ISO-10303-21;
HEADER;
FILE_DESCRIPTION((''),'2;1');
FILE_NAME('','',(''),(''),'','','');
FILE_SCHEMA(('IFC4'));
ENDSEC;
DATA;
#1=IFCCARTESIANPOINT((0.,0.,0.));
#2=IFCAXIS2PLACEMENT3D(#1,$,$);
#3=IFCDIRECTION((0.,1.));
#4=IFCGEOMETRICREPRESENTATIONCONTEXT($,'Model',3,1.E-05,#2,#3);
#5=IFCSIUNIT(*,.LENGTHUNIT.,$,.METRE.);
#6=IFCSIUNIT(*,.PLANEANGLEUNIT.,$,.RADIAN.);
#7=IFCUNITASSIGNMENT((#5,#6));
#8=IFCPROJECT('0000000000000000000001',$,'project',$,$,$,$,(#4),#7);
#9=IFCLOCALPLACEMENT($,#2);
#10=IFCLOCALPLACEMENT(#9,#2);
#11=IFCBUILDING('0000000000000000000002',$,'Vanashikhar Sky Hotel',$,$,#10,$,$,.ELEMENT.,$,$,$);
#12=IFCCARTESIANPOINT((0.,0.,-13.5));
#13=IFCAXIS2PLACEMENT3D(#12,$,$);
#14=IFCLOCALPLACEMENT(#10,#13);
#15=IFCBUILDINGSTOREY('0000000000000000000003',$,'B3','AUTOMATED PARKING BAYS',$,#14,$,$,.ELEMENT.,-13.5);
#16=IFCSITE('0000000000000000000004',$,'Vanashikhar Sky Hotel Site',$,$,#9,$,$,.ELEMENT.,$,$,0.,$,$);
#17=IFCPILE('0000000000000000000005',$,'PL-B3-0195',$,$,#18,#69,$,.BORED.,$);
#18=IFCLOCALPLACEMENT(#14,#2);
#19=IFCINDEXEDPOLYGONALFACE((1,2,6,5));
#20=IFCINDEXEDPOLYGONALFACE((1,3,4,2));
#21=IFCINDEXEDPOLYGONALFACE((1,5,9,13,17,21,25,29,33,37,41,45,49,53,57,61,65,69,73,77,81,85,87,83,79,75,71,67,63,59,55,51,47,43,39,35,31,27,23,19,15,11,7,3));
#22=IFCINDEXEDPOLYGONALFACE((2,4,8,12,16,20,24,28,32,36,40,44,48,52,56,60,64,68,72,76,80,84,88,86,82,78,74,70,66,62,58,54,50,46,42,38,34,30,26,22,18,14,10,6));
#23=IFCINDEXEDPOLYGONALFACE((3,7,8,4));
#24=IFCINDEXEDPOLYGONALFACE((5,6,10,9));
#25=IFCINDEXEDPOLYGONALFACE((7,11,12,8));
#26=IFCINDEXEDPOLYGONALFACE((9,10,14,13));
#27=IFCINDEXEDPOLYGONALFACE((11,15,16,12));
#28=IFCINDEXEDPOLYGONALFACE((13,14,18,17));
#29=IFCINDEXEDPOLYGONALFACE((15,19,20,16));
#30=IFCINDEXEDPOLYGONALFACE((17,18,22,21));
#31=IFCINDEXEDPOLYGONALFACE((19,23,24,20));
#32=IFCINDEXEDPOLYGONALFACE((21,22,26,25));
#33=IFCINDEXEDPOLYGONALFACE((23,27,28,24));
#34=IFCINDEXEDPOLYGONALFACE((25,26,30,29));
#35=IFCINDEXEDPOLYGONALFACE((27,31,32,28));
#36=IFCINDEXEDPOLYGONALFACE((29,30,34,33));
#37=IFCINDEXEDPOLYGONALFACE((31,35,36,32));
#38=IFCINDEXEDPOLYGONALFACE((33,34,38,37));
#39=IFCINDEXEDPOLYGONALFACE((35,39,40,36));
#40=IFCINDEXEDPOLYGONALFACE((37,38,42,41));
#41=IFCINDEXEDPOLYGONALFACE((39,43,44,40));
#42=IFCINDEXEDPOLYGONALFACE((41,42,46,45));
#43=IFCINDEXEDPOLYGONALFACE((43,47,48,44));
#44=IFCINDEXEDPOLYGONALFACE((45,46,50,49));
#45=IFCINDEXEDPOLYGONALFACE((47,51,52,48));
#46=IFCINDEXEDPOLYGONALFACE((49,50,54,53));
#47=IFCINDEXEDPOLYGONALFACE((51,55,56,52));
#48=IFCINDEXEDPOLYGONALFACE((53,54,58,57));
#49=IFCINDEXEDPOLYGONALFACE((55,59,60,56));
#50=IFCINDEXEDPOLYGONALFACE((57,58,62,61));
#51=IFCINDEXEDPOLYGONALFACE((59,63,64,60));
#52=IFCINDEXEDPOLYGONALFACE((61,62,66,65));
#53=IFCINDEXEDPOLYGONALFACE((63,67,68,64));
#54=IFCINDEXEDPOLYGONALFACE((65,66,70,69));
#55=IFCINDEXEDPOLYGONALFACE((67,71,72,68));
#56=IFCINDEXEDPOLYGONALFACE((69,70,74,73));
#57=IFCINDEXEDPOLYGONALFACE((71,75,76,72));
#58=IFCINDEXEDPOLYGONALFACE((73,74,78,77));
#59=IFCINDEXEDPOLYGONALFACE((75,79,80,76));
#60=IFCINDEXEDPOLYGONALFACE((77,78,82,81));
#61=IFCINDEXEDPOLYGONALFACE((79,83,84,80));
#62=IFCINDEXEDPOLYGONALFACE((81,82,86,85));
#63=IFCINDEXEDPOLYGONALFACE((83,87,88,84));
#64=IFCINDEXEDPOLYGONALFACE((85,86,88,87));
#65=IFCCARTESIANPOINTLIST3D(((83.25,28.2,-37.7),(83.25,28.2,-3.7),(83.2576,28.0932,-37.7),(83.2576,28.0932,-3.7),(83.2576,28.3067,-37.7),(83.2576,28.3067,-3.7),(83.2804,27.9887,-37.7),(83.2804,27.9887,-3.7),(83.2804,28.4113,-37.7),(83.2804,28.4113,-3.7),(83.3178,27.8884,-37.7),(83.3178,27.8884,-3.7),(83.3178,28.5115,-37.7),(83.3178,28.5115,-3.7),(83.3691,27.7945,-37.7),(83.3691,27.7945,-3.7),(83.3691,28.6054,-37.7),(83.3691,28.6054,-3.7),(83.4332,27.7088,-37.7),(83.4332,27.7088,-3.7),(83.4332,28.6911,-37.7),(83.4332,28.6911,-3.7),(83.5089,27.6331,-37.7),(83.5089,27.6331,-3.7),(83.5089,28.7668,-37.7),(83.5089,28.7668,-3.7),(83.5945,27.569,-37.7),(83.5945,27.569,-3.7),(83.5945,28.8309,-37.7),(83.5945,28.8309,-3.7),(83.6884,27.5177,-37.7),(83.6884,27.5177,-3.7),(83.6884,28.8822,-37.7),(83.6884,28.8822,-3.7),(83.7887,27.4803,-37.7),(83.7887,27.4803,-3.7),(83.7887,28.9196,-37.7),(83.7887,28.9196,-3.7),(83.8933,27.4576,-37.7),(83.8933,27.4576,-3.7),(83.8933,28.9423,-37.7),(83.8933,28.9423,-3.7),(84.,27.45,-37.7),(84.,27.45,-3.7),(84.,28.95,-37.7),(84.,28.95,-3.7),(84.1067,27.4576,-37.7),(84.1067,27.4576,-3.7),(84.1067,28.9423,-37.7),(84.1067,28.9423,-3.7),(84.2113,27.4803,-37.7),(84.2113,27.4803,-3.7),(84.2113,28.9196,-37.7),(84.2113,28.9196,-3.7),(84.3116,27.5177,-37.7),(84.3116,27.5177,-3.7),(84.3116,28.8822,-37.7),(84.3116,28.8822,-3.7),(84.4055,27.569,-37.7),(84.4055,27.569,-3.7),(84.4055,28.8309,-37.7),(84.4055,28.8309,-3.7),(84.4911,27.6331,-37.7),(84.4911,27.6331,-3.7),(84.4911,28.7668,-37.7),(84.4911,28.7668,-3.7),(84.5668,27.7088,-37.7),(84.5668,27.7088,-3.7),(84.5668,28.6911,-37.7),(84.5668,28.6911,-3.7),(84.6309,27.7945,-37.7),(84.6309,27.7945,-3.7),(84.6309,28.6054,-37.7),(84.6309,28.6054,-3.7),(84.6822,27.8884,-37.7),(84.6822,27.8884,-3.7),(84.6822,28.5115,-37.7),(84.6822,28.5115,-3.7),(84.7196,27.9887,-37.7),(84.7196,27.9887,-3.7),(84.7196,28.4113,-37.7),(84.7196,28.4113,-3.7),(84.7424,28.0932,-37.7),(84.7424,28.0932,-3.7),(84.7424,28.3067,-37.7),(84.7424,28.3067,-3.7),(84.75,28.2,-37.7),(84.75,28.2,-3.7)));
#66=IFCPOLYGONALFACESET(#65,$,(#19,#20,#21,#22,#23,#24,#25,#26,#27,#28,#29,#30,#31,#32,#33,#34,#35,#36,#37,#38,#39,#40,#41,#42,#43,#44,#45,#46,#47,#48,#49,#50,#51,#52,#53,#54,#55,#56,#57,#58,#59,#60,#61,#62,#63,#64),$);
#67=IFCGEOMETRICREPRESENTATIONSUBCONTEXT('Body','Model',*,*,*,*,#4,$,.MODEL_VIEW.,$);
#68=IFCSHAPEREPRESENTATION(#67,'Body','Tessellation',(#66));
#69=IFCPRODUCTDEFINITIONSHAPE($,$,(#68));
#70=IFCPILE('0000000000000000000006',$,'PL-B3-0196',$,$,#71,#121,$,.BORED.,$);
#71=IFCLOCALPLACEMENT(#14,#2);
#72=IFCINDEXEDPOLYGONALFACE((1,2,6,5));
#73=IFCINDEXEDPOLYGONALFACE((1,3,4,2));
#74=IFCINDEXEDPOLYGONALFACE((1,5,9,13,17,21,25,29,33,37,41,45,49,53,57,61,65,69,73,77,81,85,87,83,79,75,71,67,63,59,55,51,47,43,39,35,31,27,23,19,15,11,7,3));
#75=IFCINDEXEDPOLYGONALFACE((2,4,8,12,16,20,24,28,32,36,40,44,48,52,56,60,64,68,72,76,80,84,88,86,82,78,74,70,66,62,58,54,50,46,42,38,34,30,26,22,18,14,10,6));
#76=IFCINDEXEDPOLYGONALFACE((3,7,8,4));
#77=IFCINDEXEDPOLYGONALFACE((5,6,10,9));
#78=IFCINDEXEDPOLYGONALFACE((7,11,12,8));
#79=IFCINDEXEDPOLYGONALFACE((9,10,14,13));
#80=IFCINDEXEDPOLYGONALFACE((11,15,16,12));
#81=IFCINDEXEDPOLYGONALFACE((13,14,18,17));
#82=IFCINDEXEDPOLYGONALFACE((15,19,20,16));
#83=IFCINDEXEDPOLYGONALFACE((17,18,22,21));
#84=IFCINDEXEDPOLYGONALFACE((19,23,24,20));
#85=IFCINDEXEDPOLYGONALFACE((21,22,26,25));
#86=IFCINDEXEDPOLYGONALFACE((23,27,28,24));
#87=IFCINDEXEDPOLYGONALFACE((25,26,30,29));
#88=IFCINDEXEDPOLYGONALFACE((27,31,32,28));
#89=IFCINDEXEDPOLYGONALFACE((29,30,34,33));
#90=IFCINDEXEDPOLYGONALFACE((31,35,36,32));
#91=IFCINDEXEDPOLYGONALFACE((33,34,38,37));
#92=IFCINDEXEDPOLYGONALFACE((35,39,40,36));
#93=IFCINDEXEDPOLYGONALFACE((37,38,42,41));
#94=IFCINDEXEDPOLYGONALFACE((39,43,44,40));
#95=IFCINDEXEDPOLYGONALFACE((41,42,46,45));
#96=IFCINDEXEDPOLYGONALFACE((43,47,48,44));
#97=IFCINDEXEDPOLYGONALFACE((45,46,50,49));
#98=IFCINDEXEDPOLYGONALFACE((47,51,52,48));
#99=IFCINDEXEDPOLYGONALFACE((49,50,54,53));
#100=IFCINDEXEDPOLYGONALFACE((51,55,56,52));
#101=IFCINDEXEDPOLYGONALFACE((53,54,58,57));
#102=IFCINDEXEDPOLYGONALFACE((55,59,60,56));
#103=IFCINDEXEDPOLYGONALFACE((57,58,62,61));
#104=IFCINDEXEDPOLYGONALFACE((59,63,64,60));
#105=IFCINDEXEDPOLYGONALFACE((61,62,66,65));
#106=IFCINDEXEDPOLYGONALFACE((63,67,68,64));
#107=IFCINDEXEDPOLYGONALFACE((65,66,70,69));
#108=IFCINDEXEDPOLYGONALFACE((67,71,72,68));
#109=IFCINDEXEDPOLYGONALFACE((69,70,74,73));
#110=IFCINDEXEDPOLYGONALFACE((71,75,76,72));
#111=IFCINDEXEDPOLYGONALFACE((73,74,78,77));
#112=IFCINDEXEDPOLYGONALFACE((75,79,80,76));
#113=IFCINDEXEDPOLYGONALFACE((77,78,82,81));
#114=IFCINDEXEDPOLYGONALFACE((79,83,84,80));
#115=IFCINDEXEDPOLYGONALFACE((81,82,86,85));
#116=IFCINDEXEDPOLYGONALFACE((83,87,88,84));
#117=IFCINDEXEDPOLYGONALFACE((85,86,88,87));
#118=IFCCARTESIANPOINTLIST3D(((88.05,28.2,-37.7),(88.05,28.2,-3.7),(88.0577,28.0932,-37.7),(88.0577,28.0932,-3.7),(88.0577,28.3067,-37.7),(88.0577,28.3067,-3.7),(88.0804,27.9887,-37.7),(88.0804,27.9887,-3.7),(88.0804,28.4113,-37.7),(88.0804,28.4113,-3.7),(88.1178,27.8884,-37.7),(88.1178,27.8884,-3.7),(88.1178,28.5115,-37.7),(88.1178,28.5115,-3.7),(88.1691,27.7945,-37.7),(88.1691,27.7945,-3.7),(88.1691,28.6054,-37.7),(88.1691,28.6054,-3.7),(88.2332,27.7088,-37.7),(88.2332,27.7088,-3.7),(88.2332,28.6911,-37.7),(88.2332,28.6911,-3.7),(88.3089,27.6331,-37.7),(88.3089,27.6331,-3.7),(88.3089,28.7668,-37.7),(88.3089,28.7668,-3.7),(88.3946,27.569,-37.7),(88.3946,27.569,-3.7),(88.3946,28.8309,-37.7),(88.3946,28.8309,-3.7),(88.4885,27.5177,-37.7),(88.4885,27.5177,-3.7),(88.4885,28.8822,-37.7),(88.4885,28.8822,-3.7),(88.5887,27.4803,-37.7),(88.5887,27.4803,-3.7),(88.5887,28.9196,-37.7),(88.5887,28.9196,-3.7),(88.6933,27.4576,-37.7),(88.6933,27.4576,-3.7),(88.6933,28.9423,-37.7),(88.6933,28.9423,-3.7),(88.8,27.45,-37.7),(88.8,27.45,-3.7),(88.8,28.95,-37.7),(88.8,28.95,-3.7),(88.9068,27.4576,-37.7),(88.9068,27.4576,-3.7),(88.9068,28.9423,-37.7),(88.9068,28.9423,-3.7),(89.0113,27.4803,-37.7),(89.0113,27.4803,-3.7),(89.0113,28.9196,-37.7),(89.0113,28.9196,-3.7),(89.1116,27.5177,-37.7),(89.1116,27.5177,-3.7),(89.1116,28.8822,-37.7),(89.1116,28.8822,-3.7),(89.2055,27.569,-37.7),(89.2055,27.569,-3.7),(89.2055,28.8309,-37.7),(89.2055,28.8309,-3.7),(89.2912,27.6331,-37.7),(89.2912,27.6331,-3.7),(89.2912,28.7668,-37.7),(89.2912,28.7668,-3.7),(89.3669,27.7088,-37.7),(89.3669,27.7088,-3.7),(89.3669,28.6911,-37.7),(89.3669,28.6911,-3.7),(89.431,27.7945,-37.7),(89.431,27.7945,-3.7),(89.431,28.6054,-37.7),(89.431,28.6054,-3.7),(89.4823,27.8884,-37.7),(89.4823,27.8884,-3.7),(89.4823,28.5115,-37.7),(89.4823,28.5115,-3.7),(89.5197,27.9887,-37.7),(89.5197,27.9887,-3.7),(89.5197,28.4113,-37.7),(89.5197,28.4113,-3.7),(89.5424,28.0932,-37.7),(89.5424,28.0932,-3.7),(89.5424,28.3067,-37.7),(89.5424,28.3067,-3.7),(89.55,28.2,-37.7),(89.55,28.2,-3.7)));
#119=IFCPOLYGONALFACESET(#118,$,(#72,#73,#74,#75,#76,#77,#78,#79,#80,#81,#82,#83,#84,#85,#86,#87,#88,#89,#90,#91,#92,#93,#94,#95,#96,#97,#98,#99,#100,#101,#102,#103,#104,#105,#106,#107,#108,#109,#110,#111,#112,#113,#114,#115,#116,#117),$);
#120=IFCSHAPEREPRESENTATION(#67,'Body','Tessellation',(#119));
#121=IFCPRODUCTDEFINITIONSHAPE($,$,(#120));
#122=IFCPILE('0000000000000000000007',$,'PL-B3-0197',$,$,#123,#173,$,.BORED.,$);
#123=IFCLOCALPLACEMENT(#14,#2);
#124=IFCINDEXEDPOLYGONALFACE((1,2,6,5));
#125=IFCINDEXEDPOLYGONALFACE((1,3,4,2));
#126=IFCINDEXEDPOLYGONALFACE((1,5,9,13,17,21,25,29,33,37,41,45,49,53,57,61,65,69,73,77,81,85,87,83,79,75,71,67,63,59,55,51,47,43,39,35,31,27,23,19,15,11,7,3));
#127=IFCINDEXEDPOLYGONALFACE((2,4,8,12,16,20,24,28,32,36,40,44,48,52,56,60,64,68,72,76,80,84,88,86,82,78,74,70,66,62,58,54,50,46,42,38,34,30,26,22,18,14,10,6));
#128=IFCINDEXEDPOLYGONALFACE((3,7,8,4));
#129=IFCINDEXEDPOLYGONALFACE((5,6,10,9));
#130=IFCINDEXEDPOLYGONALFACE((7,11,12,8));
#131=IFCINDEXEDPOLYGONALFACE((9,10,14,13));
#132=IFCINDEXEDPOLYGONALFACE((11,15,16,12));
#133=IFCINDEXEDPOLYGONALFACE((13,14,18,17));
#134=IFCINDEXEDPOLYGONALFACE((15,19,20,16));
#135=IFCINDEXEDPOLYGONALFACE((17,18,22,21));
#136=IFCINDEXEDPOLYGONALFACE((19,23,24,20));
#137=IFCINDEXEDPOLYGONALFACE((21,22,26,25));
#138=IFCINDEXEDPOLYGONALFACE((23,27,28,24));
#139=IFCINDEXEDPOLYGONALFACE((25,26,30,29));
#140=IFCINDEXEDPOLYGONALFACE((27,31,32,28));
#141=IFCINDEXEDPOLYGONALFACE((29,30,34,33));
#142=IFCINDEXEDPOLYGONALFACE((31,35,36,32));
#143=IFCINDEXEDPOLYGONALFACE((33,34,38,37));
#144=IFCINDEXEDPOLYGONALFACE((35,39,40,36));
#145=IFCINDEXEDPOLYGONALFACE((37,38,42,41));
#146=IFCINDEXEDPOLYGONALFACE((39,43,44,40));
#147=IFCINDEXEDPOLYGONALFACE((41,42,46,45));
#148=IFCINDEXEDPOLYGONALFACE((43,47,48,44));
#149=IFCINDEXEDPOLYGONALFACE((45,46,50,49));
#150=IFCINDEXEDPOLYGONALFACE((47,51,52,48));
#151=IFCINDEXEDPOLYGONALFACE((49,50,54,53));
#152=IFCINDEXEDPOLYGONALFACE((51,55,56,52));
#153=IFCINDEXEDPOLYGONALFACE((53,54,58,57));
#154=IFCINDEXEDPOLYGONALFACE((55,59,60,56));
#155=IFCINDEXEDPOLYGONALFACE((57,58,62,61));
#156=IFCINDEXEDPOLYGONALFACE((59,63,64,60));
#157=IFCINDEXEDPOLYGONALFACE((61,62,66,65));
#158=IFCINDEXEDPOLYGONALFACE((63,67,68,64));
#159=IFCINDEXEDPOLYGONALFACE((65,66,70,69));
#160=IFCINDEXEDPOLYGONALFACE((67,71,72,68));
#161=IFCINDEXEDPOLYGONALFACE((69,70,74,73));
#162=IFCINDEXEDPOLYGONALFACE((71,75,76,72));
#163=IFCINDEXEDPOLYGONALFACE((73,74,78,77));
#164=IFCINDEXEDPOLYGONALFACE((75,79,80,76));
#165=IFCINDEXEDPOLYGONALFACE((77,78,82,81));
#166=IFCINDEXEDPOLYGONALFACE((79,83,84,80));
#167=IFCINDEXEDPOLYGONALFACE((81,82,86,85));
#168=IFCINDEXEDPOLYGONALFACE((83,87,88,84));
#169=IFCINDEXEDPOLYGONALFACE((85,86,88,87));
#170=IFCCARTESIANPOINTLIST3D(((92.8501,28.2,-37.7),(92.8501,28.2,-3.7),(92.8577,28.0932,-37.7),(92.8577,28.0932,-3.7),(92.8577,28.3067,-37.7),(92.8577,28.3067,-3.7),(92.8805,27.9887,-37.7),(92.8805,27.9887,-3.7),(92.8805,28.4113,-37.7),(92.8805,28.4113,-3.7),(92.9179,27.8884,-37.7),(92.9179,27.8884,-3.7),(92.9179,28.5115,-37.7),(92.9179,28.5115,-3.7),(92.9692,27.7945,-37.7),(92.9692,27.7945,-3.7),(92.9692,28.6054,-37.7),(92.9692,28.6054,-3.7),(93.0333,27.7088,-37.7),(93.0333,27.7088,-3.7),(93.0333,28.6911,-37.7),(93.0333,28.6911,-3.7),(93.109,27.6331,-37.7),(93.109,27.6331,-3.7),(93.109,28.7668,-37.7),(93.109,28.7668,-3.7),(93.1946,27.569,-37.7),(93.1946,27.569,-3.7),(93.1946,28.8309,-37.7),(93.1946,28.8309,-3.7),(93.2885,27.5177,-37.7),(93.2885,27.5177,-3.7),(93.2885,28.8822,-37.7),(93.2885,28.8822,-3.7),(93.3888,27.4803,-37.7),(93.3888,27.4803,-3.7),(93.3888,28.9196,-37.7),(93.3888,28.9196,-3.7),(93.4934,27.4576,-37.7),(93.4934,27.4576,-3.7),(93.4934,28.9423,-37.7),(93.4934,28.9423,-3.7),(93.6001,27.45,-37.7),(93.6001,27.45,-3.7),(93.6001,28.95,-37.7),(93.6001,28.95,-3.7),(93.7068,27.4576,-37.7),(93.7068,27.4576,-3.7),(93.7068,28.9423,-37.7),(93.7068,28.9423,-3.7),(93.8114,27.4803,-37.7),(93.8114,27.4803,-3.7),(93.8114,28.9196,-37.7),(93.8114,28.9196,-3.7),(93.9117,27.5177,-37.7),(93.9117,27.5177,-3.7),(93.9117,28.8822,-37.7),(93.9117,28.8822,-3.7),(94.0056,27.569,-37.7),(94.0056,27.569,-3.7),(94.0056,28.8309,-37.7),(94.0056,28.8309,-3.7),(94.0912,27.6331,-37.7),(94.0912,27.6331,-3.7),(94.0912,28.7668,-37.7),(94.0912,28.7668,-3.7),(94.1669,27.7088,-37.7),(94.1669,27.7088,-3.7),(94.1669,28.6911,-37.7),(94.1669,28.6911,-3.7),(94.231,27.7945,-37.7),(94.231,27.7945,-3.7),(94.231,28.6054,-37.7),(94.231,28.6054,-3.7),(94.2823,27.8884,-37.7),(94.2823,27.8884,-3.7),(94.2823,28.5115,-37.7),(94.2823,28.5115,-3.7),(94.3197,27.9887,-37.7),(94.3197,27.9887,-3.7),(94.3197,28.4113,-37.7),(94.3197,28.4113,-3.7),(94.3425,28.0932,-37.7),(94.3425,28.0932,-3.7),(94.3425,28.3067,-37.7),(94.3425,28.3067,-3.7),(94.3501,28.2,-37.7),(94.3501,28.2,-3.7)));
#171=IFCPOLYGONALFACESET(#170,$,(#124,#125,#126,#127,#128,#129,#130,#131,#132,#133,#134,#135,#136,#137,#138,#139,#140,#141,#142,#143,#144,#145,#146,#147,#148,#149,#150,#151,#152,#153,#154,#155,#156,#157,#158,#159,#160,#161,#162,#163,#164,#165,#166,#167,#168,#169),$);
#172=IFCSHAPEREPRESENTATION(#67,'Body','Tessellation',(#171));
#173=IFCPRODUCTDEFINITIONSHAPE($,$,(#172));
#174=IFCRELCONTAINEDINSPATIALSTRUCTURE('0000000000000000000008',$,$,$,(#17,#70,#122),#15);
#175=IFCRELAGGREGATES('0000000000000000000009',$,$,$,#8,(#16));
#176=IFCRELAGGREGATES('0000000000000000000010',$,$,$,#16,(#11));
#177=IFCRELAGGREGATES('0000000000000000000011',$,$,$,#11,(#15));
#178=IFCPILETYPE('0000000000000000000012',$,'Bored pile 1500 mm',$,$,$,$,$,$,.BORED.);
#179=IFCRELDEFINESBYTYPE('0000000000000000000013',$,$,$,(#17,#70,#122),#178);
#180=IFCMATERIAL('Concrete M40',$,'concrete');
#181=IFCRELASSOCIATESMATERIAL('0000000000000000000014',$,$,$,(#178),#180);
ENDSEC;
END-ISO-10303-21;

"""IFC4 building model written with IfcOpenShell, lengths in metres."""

from ifc_helpers import new_model, si_unit, direction, frame, origin, origin_2d, place, context, subcontext, project, spatial, circle, extrude, source, transform, mapped, material, type_object, element, save


model = new_model("IFC4")

# Units and contexts
model_context = context("Model", 3, precision=1e-05, world=origin(), true_north=direction((0.0, 1.0)))
body_context = subcontext(model_context, "Body", "Model", "MODEL_VIEW")
ifc_project = project(units=[si_unit("LENGTHUNIT", "METRE"), si_unit("PLANEANGLEUNIT", "RADIAN")], contexts=[model_context])

# Site, building, storey
site_placement = place(None, origin())
site = spatial("IfcSite", under=ifc_project, at=site_placement, Name="Vanashikhar Sky Hotel Site", CompositionType="ELEMENT", RefElevation=0.0)
building_placement = place(site_placement, origin())
building = spatial("IfcBuilding", under=site, at=building_placement, Name="Vanashikhar Sky Hotel", CompositionType="ELEMENT")
storey_placement = place(building_placement, frame((0.0, 0.0, -13.5)))
storey = spatial("IfcBuildingStorey", under=building, at=storey_placement, Name="B3", Description="AUTOMATED PARKING BAYS", CompositionType="ELEMENT", Elevation=-13.5)

# Piles
ifc_material_1 = material(Name="Concrete M40", Category="concrete")
pile_type = type_object("IfcPileType", Name="Bored pile 1500 mm", PredefinedType="BORED", material=ifc_material_1)
shared_shape_1 = source(origin(), body_context, "Body", "SweptSolid", [
    extrude(circle(Radius=0.75, at=origin_2d()), origin(), (0.0, 0.0, 1.0), 34.0),
])
for number, where, z_axis, x_axis, name in (
    (1, (84.0, 28.2, -3.7), (0.0, 0.0, -1.0), (1.0, 0.0, 0.0), "PL-B3-0195"),
    (2, (88.8, 28.2, -3.7), (0.0, 0.0, -1.0), (1.0, 0.0, 0.0), "PL-B3-0196"),
    (3, (93.6001, 28.2, -3.7), (0.0, 0.0, -1.0), (1.0, 0.0, 0.0), "PL-B3-0197"),
):
    element("IfcPile", number, at=place(storey_placement, frame(where, z_axis=z_axis, x_axis=x_axis)), inside=storey, type_object=pile_type, Name=name, PredefinedType="BORED", context=body_context, shape_type="MappedRepresentation", body=[
        mapped(shared_shape_1, transform((0.0, 0.0, 0.0), scale=1.0)),
    ])

save(model, "model.ifc")
